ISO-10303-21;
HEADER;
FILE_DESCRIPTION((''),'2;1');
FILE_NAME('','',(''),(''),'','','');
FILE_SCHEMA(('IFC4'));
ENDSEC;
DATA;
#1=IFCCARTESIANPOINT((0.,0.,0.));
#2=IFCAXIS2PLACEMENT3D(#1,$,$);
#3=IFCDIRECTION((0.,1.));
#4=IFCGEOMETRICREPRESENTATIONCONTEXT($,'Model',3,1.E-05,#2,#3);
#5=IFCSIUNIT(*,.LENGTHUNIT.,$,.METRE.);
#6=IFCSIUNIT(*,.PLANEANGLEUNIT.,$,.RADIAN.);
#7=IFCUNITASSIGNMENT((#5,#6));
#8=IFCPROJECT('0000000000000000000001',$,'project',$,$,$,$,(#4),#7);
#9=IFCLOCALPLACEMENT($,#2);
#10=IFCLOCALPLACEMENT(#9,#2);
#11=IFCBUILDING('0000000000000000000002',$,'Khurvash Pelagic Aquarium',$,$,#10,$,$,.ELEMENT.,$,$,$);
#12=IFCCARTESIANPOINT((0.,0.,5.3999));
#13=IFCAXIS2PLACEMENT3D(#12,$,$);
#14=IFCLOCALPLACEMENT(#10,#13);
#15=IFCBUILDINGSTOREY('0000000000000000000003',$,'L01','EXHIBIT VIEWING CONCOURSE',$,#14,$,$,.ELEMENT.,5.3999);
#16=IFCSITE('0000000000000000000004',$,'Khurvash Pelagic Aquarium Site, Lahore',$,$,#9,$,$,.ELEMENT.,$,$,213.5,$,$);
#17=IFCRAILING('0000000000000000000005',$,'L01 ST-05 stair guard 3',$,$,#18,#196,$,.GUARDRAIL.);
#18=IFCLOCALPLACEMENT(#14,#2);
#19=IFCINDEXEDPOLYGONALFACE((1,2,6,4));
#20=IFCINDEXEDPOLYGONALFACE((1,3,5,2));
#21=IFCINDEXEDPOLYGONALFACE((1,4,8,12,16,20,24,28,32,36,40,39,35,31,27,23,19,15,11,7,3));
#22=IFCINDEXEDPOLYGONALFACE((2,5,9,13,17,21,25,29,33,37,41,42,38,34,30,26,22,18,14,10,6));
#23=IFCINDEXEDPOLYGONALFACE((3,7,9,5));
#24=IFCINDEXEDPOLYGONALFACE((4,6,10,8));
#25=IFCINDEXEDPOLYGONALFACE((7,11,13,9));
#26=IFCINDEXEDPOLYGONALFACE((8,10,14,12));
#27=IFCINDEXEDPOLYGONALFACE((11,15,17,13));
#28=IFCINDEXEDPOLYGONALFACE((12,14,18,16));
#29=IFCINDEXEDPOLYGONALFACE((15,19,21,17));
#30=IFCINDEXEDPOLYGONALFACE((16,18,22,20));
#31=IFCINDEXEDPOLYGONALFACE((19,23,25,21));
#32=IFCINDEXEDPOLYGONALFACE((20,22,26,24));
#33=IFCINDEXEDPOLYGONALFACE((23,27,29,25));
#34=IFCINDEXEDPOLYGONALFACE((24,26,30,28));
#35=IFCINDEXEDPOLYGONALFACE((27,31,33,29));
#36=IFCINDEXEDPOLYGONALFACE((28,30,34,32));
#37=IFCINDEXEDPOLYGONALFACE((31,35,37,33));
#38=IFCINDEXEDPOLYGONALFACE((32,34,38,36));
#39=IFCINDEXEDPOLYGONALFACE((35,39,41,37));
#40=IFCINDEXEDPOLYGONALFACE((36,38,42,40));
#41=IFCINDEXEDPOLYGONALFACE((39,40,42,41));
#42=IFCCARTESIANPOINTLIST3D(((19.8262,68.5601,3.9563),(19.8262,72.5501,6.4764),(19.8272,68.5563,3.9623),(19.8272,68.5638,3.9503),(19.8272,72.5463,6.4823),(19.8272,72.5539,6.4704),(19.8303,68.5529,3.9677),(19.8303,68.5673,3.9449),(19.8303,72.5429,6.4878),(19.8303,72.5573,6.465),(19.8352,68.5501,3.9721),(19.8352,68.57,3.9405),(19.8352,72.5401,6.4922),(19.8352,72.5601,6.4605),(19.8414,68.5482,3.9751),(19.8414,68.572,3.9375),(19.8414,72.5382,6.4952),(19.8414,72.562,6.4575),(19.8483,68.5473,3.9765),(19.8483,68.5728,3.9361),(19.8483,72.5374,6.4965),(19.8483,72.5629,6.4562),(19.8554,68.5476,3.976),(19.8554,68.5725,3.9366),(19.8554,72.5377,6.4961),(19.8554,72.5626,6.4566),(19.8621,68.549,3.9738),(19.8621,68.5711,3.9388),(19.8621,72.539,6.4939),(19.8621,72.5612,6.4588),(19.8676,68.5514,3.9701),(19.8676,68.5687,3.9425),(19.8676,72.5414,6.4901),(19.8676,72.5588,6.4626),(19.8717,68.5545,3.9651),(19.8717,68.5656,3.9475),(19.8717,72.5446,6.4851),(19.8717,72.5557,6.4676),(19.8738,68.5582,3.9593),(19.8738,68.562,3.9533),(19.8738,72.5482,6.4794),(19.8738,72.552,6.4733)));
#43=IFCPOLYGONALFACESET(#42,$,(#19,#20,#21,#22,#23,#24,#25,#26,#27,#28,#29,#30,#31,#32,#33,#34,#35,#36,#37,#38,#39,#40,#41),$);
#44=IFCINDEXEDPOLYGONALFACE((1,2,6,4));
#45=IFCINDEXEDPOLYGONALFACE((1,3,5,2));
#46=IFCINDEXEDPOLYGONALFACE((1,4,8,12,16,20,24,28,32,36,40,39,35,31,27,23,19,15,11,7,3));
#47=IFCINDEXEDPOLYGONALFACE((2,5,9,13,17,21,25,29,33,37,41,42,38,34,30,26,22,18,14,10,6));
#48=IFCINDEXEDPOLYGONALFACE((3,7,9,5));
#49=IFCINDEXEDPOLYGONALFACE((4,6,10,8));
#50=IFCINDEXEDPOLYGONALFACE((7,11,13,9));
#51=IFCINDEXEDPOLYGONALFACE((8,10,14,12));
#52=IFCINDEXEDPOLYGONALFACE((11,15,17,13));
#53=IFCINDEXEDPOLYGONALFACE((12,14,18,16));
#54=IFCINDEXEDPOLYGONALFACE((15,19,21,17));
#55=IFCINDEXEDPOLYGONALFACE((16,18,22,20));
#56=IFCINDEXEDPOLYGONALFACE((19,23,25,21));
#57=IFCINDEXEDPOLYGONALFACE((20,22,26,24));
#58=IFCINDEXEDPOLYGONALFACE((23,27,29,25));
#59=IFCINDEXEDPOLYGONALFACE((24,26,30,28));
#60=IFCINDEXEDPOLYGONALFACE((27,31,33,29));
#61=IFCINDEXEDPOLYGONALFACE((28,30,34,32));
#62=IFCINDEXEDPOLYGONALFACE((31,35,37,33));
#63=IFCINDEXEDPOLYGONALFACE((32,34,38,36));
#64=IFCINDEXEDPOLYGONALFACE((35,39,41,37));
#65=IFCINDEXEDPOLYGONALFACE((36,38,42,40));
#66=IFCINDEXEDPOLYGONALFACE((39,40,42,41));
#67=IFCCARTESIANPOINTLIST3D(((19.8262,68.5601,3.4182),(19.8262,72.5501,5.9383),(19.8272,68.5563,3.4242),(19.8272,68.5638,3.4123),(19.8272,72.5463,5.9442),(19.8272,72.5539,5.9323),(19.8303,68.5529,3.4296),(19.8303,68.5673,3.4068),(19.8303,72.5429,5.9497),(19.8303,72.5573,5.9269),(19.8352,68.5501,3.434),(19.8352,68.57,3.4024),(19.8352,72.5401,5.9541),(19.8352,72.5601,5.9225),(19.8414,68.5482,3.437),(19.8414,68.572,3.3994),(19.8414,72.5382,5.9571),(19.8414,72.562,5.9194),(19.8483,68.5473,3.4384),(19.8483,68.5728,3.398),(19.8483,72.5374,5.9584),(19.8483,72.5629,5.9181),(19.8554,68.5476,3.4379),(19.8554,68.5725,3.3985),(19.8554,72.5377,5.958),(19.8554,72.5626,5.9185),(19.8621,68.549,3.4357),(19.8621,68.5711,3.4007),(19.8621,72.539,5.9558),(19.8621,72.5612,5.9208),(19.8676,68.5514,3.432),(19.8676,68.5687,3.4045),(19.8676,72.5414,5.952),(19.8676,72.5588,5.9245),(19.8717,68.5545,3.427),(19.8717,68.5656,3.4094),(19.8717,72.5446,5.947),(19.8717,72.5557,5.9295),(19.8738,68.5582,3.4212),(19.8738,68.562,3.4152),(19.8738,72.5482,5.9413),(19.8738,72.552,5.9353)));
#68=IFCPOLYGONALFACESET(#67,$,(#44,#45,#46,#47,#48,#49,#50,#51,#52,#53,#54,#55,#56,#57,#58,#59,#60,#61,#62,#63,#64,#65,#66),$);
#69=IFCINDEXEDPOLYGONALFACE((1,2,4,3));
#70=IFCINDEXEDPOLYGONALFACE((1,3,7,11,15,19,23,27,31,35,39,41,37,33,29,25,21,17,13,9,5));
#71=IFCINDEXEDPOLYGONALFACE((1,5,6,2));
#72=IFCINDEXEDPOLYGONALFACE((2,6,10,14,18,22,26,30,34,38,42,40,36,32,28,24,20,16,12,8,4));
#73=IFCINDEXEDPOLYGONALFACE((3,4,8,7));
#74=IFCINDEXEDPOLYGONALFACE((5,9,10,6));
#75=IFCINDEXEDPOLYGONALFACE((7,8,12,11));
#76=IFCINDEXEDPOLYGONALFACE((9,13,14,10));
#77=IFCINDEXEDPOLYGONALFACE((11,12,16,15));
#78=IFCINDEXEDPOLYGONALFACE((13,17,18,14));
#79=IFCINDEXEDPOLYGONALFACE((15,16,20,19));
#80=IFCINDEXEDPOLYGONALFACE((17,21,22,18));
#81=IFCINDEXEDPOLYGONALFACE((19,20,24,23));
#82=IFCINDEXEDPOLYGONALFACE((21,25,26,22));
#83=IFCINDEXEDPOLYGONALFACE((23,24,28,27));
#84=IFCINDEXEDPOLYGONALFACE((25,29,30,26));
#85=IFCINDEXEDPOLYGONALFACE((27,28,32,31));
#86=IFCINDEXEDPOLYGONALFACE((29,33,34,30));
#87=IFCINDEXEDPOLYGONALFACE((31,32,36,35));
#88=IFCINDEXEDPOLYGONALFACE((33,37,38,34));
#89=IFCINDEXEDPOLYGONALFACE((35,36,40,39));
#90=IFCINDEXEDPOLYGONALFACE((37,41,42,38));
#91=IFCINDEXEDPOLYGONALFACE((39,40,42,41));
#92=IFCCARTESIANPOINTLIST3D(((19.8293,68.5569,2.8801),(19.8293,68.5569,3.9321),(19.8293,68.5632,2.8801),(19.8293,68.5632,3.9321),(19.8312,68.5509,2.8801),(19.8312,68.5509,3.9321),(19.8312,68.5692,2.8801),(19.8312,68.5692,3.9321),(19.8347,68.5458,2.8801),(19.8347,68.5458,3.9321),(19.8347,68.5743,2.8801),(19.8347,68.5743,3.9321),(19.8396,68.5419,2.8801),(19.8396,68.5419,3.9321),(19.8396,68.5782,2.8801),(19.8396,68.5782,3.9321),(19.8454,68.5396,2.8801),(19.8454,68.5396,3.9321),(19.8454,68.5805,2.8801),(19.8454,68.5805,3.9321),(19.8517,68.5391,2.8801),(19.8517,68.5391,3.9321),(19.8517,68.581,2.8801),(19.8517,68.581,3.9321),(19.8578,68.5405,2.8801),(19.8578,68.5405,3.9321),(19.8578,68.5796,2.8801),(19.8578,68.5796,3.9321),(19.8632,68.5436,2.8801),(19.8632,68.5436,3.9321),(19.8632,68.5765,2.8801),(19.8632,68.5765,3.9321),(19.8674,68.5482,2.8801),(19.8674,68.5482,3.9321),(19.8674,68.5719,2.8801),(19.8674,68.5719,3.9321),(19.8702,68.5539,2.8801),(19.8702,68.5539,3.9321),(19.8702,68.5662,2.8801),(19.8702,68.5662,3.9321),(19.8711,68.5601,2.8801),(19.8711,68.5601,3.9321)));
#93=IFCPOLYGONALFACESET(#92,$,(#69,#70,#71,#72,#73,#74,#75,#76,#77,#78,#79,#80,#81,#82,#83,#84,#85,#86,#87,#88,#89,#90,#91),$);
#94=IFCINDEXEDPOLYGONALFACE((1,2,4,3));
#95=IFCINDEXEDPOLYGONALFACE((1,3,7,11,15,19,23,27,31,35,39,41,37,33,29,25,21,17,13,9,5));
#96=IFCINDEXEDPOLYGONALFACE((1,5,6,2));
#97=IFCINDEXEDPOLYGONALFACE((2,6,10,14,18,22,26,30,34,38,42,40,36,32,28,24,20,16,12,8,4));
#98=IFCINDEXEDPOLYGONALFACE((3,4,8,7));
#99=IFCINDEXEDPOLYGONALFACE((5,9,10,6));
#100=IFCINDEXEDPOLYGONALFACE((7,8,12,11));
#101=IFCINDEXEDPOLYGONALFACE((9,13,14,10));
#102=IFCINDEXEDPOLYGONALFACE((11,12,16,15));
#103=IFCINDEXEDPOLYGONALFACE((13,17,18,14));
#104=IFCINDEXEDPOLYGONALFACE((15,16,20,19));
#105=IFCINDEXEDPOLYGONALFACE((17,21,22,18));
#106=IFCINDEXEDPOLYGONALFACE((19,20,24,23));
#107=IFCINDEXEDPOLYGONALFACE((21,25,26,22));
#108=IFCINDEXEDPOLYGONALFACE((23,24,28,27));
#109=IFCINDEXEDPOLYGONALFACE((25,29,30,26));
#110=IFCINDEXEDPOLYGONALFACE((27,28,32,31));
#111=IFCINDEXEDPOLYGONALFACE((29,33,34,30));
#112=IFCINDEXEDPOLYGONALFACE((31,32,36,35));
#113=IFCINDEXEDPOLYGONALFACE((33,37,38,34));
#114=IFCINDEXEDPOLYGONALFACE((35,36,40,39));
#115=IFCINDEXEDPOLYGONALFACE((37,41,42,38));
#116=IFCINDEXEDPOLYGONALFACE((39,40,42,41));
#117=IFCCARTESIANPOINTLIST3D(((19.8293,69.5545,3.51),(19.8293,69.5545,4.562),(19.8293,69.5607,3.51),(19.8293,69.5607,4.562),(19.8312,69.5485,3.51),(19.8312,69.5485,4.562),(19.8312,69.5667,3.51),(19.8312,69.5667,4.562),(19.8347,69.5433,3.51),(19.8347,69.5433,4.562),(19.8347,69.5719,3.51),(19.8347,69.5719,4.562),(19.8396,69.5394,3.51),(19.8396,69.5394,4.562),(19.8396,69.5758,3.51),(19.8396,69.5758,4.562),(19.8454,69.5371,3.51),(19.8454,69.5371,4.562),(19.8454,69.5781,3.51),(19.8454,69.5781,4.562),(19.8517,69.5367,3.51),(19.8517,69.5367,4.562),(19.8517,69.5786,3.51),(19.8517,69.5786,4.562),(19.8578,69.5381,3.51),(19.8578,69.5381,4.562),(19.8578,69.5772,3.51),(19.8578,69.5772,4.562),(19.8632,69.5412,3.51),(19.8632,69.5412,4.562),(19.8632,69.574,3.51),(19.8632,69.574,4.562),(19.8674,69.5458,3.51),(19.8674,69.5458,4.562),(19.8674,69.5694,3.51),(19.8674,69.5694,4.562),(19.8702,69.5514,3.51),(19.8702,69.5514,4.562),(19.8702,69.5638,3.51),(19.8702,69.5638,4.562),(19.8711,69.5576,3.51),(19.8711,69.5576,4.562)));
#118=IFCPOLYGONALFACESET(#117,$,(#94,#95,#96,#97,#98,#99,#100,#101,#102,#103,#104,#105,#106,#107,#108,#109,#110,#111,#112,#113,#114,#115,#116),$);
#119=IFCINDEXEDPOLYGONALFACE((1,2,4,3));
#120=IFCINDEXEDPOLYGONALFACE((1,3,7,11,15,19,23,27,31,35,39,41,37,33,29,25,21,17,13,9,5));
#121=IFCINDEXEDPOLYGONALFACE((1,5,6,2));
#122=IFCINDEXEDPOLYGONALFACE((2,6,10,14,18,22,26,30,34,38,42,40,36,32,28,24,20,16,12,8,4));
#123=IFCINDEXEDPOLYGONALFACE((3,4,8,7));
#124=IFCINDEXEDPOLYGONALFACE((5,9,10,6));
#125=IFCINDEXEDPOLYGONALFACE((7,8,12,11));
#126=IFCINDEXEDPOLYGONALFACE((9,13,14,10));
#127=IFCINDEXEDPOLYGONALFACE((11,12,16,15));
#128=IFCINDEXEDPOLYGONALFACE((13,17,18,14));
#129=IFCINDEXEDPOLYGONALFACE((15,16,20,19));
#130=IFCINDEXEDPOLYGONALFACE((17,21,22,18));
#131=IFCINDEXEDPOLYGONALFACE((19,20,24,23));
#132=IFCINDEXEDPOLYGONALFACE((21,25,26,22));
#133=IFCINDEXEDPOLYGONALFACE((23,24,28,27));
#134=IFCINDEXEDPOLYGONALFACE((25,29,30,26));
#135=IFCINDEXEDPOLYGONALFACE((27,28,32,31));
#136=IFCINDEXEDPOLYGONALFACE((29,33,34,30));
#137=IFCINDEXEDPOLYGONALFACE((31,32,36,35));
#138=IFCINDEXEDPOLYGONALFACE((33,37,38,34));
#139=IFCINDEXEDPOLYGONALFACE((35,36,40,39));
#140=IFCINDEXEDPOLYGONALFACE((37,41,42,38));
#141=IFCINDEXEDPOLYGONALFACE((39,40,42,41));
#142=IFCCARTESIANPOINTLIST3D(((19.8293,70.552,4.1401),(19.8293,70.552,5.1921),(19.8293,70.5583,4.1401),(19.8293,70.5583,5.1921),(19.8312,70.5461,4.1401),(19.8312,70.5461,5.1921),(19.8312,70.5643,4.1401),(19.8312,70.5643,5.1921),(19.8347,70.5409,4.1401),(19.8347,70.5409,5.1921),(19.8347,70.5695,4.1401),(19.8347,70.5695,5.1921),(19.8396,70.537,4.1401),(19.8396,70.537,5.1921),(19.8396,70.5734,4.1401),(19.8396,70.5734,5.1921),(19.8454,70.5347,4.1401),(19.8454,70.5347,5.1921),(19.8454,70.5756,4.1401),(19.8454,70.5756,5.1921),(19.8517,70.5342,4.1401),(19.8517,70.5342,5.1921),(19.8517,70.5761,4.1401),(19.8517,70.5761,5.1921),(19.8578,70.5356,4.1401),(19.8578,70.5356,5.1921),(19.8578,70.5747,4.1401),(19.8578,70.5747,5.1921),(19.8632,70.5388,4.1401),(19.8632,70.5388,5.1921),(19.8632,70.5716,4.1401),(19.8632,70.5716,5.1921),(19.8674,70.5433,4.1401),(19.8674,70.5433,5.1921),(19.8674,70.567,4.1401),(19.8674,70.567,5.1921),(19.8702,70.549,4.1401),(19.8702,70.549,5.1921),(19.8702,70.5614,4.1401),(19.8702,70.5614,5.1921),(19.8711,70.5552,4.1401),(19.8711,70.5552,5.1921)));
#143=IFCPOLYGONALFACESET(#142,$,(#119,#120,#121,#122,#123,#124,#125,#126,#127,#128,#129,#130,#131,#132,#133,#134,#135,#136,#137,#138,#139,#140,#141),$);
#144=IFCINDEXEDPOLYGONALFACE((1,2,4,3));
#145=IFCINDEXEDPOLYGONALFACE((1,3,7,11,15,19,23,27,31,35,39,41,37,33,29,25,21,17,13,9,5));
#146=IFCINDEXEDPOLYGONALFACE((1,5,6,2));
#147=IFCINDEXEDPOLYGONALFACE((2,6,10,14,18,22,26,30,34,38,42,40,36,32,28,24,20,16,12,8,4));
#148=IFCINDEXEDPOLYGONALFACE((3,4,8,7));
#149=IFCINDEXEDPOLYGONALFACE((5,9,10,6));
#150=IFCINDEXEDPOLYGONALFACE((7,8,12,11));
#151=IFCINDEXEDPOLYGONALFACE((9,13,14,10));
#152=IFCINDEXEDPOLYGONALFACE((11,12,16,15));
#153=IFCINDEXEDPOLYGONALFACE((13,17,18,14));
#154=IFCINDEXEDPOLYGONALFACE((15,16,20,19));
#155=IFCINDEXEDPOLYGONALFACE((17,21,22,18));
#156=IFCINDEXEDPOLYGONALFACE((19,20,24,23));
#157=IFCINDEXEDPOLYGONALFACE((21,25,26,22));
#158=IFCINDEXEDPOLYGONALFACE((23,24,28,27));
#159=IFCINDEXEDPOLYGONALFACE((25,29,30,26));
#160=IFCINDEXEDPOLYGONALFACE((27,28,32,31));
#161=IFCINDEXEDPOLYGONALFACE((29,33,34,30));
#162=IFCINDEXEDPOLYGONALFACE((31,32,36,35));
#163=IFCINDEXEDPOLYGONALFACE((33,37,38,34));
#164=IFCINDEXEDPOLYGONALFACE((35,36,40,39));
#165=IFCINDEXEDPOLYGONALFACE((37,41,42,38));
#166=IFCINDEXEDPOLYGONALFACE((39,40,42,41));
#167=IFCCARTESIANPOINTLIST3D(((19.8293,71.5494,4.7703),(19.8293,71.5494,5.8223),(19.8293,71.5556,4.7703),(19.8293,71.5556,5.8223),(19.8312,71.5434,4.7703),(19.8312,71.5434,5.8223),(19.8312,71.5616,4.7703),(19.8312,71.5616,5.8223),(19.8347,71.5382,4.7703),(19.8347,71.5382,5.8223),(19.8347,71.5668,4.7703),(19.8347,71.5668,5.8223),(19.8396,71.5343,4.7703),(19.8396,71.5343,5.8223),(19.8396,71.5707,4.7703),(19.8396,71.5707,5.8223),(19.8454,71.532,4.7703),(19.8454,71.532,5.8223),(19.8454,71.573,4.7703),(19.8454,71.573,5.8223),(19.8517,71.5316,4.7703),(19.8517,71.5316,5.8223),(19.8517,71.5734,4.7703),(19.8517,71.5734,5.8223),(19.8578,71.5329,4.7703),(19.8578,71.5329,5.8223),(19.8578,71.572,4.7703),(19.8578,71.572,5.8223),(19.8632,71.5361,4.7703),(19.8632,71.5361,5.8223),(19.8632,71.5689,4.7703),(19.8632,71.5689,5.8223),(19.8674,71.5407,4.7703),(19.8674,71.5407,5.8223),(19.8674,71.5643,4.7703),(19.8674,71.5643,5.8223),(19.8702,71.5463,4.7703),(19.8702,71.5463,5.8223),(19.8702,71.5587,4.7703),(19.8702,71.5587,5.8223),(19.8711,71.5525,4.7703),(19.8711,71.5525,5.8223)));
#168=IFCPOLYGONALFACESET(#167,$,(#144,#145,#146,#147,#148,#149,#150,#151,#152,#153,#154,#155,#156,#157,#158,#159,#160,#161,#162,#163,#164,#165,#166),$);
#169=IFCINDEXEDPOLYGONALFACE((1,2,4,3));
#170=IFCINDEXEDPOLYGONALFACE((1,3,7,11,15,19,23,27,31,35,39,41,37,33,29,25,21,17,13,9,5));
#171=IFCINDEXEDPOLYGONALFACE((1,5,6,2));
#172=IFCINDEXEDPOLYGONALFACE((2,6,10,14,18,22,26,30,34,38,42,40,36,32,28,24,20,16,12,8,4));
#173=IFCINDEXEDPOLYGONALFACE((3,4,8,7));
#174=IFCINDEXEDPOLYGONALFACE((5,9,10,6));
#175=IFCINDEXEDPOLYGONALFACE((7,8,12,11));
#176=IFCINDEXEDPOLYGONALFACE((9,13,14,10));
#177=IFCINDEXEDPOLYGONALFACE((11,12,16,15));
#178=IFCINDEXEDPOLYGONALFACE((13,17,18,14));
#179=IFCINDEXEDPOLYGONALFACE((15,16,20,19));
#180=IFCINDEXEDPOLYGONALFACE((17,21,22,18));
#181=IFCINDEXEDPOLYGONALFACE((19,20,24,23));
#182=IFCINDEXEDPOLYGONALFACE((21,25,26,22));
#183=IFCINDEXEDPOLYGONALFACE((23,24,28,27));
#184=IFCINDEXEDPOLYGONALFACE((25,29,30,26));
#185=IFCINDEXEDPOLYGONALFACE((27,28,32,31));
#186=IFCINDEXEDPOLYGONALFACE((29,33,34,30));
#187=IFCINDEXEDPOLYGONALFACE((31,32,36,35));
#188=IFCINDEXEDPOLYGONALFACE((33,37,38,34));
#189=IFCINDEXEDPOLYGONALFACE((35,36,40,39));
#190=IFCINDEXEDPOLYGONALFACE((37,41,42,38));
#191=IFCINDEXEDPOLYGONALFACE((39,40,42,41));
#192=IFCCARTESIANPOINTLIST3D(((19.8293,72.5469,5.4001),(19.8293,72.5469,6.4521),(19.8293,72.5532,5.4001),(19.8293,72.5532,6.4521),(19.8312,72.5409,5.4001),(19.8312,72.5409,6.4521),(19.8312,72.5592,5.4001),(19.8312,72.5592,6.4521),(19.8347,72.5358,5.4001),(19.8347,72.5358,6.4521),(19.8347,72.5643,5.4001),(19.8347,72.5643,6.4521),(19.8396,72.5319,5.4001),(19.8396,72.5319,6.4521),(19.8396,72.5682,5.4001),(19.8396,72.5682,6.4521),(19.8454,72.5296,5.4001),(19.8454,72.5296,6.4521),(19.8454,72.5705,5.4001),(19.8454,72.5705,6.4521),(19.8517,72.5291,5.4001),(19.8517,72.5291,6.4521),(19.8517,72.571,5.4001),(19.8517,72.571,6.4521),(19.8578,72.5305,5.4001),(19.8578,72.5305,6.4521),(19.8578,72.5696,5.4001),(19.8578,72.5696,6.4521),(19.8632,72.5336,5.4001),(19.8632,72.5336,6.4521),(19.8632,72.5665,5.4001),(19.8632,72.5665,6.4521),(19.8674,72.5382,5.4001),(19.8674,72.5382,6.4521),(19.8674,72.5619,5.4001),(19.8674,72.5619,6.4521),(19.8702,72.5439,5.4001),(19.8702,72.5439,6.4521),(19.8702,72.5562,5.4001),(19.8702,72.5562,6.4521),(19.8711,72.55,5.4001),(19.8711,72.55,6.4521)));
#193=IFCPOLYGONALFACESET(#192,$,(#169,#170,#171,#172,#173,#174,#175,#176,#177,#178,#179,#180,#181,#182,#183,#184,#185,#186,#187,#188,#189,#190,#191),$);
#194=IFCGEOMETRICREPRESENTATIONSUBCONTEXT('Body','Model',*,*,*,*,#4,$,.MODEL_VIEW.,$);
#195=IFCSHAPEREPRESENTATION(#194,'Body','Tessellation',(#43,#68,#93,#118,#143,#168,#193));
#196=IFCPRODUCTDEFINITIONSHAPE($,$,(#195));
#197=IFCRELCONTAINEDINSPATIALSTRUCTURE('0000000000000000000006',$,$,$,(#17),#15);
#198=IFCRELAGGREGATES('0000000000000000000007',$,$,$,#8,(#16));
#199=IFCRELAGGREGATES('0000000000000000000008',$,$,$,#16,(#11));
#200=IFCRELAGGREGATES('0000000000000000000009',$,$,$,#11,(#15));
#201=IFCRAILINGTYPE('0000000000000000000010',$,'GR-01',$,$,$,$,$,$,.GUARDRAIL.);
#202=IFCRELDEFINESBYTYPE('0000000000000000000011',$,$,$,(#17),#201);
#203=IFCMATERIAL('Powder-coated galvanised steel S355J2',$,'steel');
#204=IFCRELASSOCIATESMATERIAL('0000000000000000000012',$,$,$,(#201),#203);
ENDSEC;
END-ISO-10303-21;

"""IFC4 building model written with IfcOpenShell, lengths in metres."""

from ifc_helpers import new_model, si_unit, direction, frame, origin, origin_2d, place, context, subcontext, project, spatial, circle, extrude, material, type_object, element, save


model = new_model("IFC4")

# Units and contexts
model_context = context("Model", 3, precision=1e-05, world=origin(), true_north=direction((0.0, 1.0)))
body_context = subcontext(model_context, "Body", "Model", "MODEL_VIEW")
ifc_project = project(units=[si_unit("LENGTHUNIT", "METRE"), si_unit("PLANEANGLEUNIT", "RADIAN")], contexts=[model_context])

# Site, building, storey
site_placement = place(None, origin())
site = spatial("IfcSite", under=ifc_project, at=site_placement, Name="Khurvash Pelagic Aquarium Site, Lahore", CompositionType="ELEMENT", RefElevation=213.5)
building_placement = place(site_placement, origin())
building = spatial("IfcBuilding", under=site, at=building_placement, Name="Khurvash Pelagic Aquarium", CompositionType="ELEMENT")
storey_placement = place(building_placement, frame((0.0, 0.0, 5.3999)))
storey = spatial("IfcBuildingStorey", under=building, at=storey_placement, Name="L01", Description="EXHIBIT VIEWING CONCOURSE", CompositionType="ELEMENT", Elevation=5.3999)

# Railing
ifc_material_1 = material(Name="Powder-coated galvanised steel S355J2", Category="steel")
railing_type_1 = type_object("IfcRailingType", Name="GR-01", PredefinedType="GUARDRAIL", material=ifc_material_1)
railing_1_placement = place(storey_placement, frame((19.8501, 68.5601, 2.8801)))
element("IfcRailing", 1, at=railing_1_placement, inside=storey, type_object=railing_type_1, Name="L01 ST-05 stair guard 3", PredefinedType="GUARDRAIL", context=body_context, shape_type="SweptSolid", body=[
    extrude(circle(Radius=0.0239, at=origin_2d()), frame((0.0, 0.0, 1.0762), z_axis=(0.0, 0.845486, 0.533997), x_axis=(-1.0, 0.0, 0.0)), (0.0, 0.0, 1.0), 4.7192),
    extrude(circle(Radius=0.0239, at=origin_2d()), frame((0.0, 0.0, 0.5381), z_axis=(0.0, 0.845486, 0.533997), x_axis=(-1.0, 0.0, 0.0)), (0.0, 0.0, 1.0), 4.7192),
    extrude(circle(Radius=0.021, at=origin_2d()), origin(), (0.0, 0.0, 1.0), 1.052),
    extrude(circle(Radius=0.021, at=origin_2d()), frame((0.0, 0.9976, 0.6299)), (0.0, 0.0, 1.0), 1.052),
    extrude(circle(Radius=0.021, at=origin_2d()), frame((0.0, 1.9951, 1.26)), (0.0, 0.0, 1.0), 1.052),
    extrude(circle(Radius=0.021, at=origin_2d()), frame((0.0, 2.9924, 1.8901)), (0.0, 0.0, 1.0), 1.052),
    extrude(circle(Radius=0.021, at=origin_2d()), frame((0.0, 3.99, 2.52)), (0.0, 0.0, 1.0), 1.052),
])

save(model, "model.ifc")
